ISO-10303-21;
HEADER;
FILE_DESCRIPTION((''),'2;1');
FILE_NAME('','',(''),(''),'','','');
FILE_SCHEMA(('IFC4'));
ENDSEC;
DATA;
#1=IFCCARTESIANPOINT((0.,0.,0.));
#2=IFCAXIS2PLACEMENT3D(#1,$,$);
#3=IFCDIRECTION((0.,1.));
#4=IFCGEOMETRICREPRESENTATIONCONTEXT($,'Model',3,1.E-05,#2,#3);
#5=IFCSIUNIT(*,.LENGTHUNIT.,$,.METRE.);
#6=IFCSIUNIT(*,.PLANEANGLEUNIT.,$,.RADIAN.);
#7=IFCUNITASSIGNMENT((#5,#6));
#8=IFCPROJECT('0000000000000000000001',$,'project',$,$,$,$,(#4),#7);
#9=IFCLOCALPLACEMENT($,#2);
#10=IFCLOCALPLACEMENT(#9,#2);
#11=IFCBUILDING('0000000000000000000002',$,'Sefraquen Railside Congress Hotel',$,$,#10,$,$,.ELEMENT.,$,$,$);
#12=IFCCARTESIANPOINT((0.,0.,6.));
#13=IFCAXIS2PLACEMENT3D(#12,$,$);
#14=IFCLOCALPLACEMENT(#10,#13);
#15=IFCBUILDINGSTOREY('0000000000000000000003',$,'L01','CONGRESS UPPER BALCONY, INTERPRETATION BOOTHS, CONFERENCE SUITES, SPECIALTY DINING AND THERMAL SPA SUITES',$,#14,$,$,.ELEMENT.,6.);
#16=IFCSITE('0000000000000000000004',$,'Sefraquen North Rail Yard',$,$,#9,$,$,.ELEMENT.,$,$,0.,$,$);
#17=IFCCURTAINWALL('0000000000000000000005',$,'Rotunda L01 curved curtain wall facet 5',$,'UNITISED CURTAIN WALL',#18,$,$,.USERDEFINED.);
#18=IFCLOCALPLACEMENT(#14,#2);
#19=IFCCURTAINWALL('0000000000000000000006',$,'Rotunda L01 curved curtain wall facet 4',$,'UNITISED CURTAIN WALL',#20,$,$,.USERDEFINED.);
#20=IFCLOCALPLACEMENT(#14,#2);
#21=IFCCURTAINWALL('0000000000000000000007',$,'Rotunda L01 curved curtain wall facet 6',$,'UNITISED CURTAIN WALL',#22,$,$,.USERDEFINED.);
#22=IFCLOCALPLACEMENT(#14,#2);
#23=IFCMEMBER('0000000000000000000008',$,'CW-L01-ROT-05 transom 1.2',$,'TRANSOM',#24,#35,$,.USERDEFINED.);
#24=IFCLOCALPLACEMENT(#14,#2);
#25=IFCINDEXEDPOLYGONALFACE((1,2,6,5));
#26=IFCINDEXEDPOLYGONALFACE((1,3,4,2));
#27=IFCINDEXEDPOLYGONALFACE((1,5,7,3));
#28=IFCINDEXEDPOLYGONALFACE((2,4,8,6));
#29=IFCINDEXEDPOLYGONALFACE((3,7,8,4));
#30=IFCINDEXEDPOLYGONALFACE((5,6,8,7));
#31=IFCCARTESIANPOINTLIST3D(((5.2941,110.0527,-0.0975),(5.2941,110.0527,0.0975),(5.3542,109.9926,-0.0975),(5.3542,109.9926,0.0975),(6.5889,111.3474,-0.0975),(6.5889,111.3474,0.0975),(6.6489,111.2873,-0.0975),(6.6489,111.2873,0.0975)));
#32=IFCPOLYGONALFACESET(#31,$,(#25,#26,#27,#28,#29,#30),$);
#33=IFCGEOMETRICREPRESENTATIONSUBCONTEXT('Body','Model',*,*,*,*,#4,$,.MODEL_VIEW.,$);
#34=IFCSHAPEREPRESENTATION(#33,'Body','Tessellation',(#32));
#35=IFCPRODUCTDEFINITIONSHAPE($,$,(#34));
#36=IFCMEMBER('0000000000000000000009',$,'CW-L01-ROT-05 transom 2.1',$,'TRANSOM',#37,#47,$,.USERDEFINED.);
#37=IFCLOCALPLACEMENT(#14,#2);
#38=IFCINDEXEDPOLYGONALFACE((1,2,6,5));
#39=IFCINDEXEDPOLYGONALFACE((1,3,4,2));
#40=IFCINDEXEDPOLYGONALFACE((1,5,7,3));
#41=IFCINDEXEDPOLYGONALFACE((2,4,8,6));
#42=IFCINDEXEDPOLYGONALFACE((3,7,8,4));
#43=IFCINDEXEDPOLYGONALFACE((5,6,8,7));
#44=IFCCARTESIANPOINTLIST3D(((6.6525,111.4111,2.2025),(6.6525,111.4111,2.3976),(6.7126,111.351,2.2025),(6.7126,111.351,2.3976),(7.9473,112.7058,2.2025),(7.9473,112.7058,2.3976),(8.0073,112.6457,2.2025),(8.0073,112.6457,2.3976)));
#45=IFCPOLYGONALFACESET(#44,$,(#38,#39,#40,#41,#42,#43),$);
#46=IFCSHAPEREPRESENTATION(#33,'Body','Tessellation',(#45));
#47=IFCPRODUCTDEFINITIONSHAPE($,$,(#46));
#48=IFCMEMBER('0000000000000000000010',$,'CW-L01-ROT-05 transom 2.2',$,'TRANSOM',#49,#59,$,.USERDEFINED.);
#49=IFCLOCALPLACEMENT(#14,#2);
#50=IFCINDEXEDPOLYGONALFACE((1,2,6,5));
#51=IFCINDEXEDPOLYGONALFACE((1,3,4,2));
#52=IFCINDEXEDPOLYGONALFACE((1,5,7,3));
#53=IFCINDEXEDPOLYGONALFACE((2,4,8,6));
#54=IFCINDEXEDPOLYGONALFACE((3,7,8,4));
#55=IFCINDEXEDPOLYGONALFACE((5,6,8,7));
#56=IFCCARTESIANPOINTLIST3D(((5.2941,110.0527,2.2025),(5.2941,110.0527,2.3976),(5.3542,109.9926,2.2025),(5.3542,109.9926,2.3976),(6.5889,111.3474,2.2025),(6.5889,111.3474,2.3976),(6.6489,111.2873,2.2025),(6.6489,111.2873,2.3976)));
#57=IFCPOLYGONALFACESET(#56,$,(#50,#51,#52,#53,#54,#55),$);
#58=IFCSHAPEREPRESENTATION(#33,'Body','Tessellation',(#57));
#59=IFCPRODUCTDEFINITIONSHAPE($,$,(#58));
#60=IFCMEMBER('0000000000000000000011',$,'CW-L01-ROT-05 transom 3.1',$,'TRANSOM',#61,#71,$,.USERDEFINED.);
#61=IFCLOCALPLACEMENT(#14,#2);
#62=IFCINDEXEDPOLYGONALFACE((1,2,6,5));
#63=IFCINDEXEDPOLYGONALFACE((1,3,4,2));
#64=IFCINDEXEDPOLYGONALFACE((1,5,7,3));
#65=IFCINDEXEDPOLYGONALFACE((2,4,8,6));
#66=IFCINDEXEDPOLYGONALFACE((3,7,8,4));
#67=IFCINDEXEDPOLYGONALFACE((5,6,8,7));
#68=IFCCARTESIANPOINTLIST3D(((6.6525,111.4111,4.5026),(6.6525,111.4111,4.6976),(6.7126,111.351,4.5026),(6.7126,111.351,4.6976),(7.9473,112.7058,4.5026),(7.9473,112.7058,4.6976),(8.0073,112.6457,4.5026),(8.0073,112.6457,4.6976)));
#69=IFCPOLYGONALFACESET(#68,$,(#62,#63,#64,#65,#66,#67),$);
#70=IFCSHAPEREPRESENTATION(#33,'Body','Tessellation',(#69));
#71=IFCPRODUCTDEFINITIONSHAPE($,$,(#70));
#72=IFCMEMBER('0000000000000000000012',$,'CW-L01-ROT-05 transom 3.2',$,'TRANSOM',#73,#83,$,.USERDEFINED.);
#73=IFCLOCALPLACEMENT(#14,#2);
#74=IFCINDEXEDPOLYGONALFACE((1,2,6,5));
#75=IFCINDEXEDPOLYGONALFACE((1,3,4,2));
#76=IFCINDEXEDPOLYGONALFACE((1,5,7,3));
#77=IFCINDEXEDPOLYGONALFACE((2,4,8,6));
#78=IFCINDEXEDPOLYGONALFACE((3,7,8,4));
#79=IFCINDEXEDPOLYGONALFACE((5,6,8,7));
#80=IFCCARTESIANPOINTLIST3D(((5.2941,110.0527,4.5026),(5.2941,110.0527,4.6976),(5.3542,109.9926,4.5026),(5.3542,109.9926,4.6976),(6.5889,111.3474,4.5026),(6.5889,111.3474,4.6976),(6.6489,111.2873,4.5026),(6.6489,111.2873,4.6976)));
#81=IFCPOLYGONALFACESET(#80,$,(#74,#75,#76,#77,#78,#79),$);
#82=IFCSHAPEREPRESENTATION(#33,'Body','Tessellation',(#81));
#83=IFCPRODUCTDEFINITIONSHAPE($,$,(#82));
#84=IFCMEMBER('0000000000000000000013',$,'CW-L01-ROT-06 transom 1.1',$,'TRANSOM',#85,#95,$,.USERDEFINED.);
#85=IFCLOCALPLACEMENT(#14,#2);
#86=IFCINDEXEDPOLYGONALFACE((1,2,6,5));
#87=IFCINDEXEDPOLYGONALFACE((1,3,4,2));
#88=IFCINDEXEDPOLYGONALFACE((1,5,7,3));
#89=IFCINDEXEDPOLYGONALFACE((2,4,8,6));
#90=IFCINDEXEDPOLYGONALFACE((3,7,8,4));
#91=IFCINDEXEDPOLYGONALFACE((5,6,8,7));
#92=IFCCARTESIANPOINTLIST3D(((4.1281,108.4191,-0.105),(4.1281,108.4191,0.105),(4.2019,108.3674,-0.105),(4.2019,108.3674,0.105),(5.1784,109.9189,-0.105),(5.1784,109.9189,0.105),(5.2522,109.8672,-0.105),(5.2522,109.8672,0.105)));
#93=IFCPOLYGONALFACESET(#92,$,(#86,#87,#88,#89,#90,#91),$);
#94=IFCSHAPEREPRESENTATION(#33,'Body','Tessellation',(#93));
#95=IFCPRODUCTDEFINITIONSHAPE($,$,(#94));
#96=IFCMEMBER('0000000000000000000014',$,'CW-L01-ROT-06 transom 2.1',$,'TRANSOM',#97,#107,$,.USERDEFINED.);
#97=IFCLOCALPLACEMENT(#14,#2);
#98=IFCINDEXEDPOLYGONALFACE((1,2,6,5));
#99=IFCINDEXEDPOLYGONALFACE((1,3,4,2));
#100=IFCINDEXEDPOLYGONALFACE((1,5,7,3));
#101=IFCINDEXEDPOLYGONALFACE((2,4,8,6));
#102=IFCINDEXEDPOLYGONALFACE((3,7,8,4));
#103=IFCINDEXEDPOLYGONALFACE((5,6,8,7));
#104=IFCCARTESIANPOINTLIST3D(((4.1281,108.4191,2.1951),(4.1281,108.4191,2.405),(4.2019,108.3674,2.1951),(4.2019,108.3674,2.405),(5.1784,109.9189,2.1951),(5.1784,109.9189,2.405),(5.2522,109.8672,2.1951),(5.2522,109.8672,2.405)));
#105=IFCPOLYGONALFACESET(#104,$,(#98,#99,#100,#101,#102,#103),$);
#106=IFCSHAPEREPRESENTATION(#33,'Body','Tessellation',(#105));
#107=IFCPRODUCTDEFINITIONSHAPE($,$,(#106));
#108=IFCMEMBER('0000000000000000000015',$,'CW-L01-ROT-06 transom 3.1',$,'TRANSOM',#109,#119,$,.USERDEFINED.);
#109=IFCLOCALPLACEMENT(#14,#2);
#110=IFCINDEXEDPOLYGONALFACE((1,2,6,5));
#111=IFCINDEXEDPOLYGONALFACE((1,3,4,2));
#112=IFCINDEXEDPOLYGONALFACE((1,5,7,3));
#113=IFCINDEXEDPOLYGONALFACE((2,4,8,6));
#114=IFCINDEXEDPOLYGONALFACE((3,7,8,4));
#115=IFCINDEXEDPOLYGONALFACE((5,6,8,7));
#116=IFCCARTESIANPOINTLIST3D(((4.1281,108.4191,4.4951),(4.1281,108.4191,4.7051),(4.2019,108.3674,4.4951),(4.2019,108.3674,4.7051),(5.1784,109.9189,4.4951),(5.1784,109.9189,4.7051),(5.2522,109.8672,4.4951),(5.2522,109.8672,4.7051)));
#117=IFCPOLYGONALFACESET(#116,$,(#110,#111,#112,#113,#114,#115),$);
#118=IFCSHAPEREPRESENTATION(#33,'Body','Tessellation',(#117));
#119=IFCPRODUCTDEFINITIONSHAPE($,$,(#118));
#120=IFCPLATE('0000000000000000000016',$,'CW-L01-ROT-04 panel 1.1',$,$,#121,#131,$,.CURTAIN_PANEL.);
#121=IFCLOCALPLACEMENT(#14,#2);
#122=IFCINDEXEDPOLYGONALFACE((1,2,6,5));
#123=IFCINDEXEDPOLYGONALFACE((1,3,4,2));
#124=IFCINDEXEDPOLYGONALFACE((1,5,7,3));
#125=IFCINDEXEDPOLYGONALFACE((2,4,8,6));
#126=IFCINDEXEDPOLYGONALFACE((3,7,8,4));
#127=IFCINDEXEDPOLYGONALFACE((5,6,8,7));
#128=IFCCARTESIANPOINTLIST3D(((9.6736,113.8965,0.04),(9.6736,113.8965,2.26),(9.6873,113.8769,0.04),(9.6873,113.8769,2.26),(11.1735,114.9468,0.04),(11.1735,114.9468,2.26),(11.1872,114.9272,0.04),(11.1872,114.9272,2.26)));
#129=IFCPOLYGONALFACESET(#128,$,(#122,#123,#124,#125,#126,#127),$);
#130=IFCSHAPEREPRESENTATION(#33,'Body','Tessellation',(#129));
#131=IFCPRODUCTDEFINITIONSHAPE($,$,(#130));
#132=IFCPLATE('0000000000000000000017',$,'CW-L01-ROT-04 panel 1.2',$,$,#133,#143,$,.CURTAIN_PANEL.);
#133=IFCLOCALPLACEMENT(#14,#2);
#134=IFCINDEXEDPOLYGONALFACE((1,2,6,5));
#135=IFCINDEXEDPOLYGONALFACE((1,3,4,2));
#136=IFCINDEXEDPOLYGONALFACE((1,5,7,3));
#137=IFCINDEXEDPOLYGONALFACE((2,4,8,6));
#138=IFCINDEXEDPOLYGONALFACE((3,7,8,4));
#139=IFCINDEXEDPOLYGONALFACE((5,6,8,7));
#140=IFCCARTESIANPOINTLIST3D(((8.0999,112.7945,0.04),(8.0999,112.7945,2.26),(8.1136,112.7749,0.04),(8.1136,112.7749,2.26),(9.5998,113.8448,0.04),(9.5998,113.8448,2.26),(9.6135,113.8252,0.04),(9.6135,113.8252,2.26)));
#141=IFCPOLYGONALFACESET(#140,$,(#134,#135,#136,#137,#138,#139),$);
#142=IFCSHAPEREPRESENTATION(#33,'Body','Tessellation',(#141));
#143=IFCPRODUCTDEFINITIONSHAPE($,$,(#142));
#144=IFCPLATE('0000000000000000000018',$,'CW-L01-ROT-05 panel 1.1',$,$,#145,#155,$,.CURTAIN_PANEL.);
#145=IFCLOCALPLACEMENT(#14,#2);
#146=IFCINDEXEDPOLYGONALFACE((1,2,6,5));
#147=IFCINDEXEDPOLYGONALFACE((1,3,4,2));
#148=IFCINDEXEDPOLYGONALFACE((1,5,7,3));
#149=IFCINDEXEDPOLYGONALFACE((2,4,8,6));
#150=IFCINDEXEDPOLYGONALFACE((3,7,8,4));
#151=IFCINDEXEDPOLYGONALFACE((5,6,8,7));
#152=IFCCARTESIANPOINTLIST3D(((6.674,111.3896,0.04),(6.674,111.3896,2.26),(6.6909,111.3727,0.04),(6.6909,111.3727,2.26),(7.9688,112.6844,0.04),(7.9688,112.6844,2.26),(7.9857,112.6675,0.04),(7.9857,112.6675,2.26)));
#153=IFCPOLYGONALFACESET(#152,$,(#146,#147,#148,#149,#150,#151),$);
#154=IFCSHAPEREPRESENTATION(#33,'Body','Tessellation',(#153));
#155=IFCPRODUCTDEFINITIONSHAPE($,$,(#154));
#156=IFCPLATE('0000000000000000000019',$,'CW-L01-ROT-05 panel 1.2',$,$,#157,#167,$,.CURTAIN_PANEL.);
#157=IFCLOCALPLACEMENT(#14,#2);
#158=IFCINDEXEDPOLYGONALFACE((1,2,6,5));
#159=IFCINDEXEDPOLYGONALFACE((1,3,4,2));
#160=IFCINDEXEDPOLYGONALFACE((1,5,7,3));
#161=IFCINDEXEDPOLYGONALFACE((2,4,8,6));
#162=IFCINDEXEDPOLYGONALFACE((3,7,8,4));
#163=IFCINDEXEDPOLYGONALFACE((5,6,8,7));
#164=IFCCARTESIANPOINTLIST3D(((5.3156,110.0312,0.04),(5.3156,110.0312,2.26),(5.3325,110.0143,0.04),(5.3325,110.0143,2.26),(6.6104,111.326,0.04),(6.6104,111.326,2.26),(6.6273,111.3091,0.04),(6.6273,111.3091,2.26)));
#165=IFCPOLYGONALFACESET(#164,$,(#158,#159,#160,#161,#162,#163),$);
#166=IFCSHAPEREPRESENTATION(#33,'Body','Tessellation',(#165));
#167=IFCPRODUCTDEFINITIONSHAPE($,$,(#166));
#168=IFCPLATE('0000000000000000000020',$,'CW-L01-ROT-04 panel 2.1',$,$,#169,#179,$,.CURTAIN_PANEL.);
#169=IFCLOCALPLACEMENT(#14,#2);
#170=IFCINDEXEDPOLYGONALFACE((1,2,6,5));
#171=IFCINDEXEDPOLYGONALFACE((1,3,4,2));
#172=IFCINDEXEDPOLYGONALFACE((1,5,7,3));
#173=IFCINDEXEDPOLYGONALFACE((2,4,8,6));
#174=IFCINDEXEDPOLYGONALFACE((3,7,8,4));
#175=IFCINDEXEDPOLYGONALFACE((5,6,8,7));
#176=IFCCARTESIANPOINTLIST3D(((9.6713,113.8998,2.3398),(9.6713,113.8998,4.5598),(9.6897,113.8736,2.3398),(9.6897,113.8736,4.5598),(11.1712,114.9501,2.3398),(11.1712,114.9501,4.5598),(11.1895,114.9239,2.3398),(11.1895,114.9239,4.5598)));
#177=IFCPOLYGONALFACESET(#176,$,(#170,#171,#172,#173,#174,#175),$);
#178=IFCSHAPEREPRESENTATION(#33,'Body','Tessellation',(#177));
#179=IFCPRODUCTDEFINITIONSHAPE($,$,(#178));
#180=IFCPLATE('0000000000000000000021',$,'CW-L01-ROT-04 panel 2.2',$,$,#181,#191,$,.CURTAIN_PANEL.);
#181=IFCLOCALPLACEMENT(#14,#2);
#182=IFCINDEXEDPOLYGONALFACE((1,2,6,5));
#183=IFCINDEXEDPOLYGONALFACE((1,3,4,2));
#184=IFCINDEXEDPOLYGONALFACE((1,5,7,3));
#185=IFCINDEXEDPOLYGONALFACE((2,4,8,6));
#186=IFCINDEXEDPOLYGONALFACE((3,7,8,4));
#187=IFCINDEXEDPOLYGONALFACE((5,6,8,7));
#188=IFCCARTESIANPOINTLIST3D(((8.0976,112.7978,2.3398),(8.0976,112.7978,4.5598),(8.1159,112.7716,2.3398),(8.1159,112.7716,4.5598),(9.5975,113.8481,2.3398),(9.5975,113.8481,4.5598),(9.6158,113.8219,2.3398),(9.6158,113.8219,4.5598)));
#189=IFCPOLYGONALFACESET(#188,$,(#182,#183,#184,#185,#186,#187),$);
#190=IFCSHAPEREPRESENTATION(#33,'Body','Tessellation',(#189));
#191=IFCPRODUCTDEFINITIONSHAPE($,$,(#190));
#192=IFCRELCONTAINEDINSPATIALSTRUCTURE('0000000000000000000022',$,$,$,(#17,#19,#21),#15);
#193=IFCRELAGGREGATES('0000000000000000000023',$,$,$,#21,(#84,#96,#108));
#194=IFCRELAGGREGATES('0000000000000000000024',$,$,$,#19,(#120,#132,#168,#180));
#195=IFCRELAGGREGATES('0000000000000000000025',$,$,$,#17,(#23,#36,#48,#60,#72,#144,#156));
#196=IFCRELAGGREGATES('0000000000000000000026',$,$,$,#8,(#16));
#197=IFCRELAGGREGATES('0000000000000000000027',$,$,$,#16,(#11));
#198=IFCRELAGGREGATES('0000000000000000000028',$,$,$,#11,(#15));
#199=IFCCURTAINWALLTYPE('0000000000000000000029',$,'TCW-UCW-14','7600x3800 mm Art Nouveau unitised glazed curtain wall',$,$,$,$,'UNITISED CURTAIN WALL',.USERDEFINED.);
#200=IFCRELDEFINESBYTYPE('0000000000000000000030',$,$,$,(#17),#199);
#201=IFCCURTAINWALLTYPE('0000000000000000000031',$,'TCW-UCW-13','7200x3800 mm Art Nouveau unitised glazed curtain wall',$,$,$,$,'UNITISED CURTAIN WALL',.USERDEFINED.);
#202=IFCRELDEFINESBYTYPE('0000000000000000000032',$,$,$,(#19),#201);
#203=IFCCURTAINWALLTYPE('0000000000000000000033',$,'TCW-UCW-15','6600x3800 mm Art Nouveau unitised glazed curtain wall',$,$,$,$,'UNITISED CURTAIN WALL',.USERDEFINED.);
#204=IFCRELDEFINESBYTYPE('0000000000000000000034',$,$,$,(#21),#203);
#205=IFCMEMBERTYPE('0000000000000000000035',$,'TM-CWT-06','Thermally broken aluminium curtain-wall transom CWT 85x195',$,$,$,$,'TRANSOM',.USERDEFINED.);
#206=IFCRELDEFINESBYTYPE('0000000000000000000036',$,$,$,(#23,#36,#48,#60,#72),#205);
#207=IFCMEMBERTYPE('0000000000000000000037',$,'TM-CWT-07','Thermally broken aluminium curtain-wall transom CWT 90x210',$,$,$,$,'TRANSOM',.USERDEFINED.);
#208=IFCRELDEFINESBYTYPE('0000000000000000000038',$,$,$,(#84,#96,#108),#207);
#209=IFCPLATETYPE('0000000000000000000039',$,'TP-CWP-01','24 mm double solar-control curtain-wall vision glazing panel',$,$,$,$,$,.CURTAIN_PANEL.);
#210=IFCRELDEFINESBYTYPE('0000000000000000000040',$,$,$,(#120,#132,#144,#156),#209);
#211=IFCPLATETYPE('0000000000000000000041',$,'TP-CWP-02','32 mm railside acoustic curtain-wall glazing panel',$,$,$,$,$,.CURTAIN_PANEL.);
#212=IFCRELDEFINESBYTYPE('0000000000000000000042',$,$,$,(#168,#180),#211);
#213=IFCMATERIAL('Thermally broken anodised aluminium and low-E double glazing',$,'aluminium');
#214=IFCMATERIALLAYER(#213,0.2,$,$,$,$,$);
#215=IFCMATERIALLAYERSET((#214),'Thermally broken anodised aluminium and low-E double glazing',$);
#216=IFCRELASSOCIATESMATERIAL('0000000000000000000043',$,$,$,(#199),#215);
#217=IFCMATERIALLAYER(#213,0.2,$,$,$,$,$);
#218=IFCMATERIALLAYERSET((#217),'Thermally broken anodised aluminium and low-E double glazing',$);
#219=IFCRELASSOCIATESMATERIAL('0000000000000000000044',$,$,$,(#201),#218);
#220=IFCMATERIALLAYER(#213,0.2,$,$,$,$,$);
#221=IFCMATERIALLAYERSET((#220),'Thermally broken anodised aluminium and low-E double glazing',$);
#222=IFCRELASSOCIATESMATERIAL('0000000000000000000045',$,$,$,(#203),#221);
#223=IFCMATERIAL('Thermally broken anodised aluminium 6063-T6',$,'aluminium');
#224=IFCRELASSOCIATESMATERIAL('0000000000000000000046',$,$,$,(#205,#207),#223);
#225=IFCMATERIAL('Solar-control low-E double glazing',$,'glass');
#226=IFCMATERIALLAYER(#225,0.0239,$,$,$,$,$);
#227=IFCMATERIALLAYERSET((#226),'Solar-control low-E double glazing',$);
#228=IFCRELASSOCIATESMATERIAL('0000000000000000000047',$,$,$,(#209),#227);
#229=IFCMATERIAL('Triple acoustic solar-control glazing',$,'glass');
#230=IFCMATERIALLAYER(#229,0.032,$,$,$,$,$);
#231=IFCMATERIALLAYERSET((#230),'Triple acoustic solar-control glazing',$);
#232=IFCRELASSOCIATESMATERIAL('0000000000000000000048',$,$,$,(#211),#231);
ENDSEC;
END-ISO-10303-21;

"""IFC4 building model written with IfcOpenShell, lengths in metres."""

from ifc_helpers import new_model, si_unit, direction, frame, origin, origin_2d, place, context, subcontext, project, spatial, rectangle, extrude, material, layer, layer_set, material_profile, profile_set, type_object, element, aggregate, save


model = new_model("IFC4")

# Units and contexts
model_context = context("Model", 3, precision=1e-05, world=origin(), true_north=direction((0.0, 1.0)))
body_context = subcontext(model_context, "Body", "Model", "MODEL_VIEW")
ifc_project = project(units=[si_unit("LENGTHUNIT", "METRE"), si_unit("PLANEANGLEUNIT", "RADIAN")], contexts=[model_context])

# Site, building, storey
site_placement = place(None, origin())
site = spatial("IfcSite", under=ifc_project, at=site_placement, Name="Sefraquen North Rail Yard", CompositionType="ELEMENT", RefElevation=0.0)
building_placement = place(site_placement, origin())
building = spatial("IfcBuilding", under=site, at=building_placement, Name="Sefraquen Railside Congress Hotel", CompositionType="ELEMENT")
storey_placement = place(building_placement, frame((0.0, 0.0, 6.0)))
storey = spatial("IfcBuildingStorey", under=building, at=storey_placement, Name="L01", Description="CONGRESS UPPER BALCONY, INTERPRETATION BOOTHS, CONFERENCE SUITES, SPECIALTY DINING AND THERMAL SPA SUITES", CompositionType="ELEMENT", Elevation=6.0)

# Curtain wall
ifc_material_1 = material(Name="Thermally broken anodised aluminium and low-E double glazing", Category="aluminium")
ifc_layer_1 = layer(ifc_material_1, 0.2)
ifc_layer_set_1 = layer_set([ifc_layer_1], Name="Thermally broken anodised aluminium and low-E double glazing")
curtain_wall_type_1 = type_object("IfcCurtainWallType", Name="TCW-UCW-14", Description="7600x3800 mm Art Nouveau unitised glazed curtain wall", ElementType="UNITISED CURTAIN WALL", PredefinedType="USERDEFINED", material=ifc_layer_set_1)
curtain_wall_1_placement = place(storey_placement, origin())
curtain_wall_1 = element("IfcCurtainWall", 1, at=curtain_wall_1_placement, inside=storey, type_object=curtain_wall_type_1, Name="Rotunda L01 curved curtain wall facet 5", ObjectType="UNITISED CURTAIN WALL", PredefinedType="USERDEFINED")
ifc_material_2 = material(Name="Thermally broken anodised aluminium 6063-T6", Category="aluminium")

# Curtain wall
ifc_layer_2 = layer(ifc_material_1, 0.2)
ifc_layer_set_2 = layer_set([ifc_layer_2], Name="Thermally broken anodised aluminium and low-E double glazing")
curtain_wall_type_2 = type_object("IfcCurtainWallType", Name="TCW-UCW-13", Description="7200x3800 mm Art Nouveau unitised glazed curtain wall", ElementType="UNITISED CURTAIN WALL", PredefinedType="USERDEFINED", material=ifc_layer_set_2)
curtain_wall_2_placement = place(storey_placement, origin())
curtain_wall_2 = element("IfcCurtainWall", 2, at=curtain_wall_2_placement, inside=storey, type_object=curtain_wall_type_2, Name="Rotunda L01 curved curtain wall facet 4", ObjectType="UNITISED CURTAIN WALL", PredefinedType="USERDEFINED")

# Curtain wall
ifc_layer_3 = layer(ifc_material_1, 0.2)
ifc_layer_set_3 = layer_set([ifc_layer_3], Name="Thermally broken anodised aluminium and low-E double glazing")
curtain_wall_type_3 = type_object("IfcCurtainWallType", Name="TCW-UCW-15", Description="6600x3800 mm Art Nouveau unitised glazed curtain wall", ElementType="UNITISED CURTAIN WALL", PredefinedType="USERDEFINED", material=ifc_layer_set_3)
curtain_wall_3_placement = place(storey_placement, origin())
curtain_wall_3 = element("IfcCurtainWall", 3, at=curtain_wall_3_placement, inside=storey, type_object=curtain_wall_type_3, Name="Rotunda L01 curved curtain wall facet 6", ObjectType="UNITISED CURTAIN WALL", PredefinedType="USERDEFINED")

# Members
ifc_material_profile_1 = material_profile(ifc_material_2, rectangle(XDim=0.085, YDim=0.1951, at=origin_2d()), Name="CWT 85x195")
ifc_profile_set_1 = profile_set([ifc_material_profile_1], Name="Thermally broken anodised aluminium 6063-T6")
member_type_1 = type_object("IfcMemberType", Name="TM-CWT-06", Description="Thermally broken aluminium curtain-wall transom CWT 85x195", ElementType="TRANSOM", PredefinedType="USERDEFINED", material=ifc_profile_set_1)
member_1_placement = place(storey_placement, frame((6.6189, 111.3174, 0.0), z_axis=(-0.707107, -0.707107, 0.0), x_axis=(0.707107, -0.707107, 0.0)))
member_1 = element("IfcMember", 4, at=member_1_placement, type_object=member_type_1, Name="CW-L01-ROT-05 transom 1.2", ObjectType="TRANSOM", PredefinedType="USERDEFINED", context=body_context, shape_type="SweptSolid", body=[
    extrude(rectangle(XDim=0.085, YDim=0.1951, at=origin_2d()), origin(), (0.0, 0.0, 1.0), 1.8311),
])
member_2_placement = place(storey_placement, frame((7.9773, 112.6758, 2.3), z_axis=(-0.707107, -0.707107, 0.0), x_axis=(0.707107, -0.707107, 0.0)))
member_2 = element("IfcMember", 5, at=member_2_placement, type_object=member_type_1, Name="CW-L01-ROT-05 transom 2.1", ObjectType="TRANSOM", PredefinedType="USERDEFINED", context=body_context, shape_type="SweptSolid", body=[
    extrude(rectangle(XDim=0.085, YDim=0.1951, at=origin_2d()), origin(), (0.0, 0.0, 1.0), 1.8311),
])
member_3_placement = place(storey_placement, frame((6.6189, 111.3174, 2.3), z_axis=(-0.707107, -0.707107, 0.0), x_axis=(0.707107, -0.707107, 0.0)))
member_3 = element("IfcMember", 6, at=member_3_placement, type_object=member_type_1, Name="CW-L01-ROT-05 transom 2.2", ObjectType="TRANSOM", PredefinedType="USERDEFINED", context=body_context, shape_type="SweptSolid", body=[
    extrude(rectangle(XDim=0.085, YDim=0.1951, at=origin_2d()), origin(), (0.0, 0.0, 1.0), 1.8311),
])
member_4_placement = place(storey_placement, frame((7.9773, 112.6758, 4.6001), z_axis=(-0.707107, -0.707107, 0.0), x_axis=(0.707107, -0.707107, 0.0)))
member_4 = element("IfcMember", 7, at=member_4_placement, type_object=member_type_1, Name="CW-L01-ROT-05 transom 3.1", ObjectType="TRANSOM", PredefinedType="USERDEFINED", context=body_context, shape_type="SweptSolid", body=[
    extrude(rectangle(XDim=0.085, YDim=0.1951, at=origin_2d()), origin(), (0.0, 0.0, 1.0), 1.8311),
])
member_5_placement = place(storey_placement, frame((6.6189, 111.3174, 4.6001), z_axis=(-0.707107, -0.707107, 0.0), x_axis=(0.707107, -0.707107, 0.0)))
member_5 = element("IfcMember", 8, at=member_5_placement, type_object=member_type_1, Name="CW-L01-ROT-05 transom 3.2", ObjectType="TRANSOM", PredefinedType="USERDEFINED", context=body_context, shape_type="SweptSolid", body=[
    extrude(rectangle(XDim=0.085, YDim=0.1951, at=origin_2d()), origin(), (0.0, 0.0, 1.0), 1.8311),
])
ifc_material_profile_2 = material_profile(ifc_material_2, rectangle(XDim=0.0901, YDim=0.21, at=origin_2d()), Name="CWT 90x210")
ifc_profile_set_2 = profile_set([ifc_material_profile_2], Name="Thermally broken anodised aluminium 6063-T6")
member_type_2 = type_object("IfcMemberType", Name="TM-CWT-07", Description="Thermally broken aluminium curtain-wall transom CWT 90x210", ElementType="TRANSOM", PredefinedType="USERDEFINED", material=ifc_profile_set_2)
member_6_placement = place(storey_placement, frame((5.2153, 109.8931, 0.0), z_axis=(-0.573632, -0.819113, 0.0), x_axis=(0.819113, -0.573632, 0.0)))
member_6 = element("IfcMember", 9, at=member_6_placement, type_object=member_type_2, Name="CW-L01-ROT-06 transom 1.1", ObjectType="TRANSOM", PredefinedType="USERDEFINED", context=body_context, shape_type="SweptSolid", body=[
    extrude(rectangle(XDim=0.0901, YDim=0.21, at=origin_2d()), origin(), (0.0, 0.0, 1.0), 1.8311),
])
member_7_placement = place(storey_placement, frame((5.2153, 109.8931, 2.3), z_axis=(-0.573632, -0.819113, 0.0), x_axis=(0.819113, -0.573632, 0.0)))
member_7 = element("IfcMember", 10, at=member_7_placement, type_object=member_type_2, Name="CW-L01-ROT-06 transom 2.1", ObjectType="TRANSOM", PredefinedType="USERDEFINED", context=body_context, shape_type="SweptSolid", body=[
    extrude(rectangle(XDim=0.0901, YDim=0.21, at=origin_2d()), origin(), (0.0, 0.0, 1.0), 1.8311),
])
member_8_placement = place(storey_placement, frame((5.2153, 109.8931, 4.6001), z_axis=(-0.573632, -0.819113, 0.0), x_axis=(0.819113, -0.573632, 0.0)))
member_8 = element("IfcMember", 11, at=member_8_placement, type_object=member_type_2, Name="CW-L01-ROT-06 transom 3.1", ObjectType="TRANSOM", PredefinedType="USERDEFINED", context=body_context, shape_type="SweptSolid", body=[
    extrude(rectangle(XDim=0.0901, YDim=0.21, at=origin_2d()), origin(), (0.0, 0.0, 1.0), 1.8311),
])
aggregate(curtain_wall_3, [member_6, member_7, member_8])

# Plates
ifc_material_3 = material(Name="Solar-control low-E double glazing", Category="glass")
ifc_layer_4 = layer(ifc_material_3, 0.0239)
ifc_layer_set_4 = layer_set([ifc_layer_4], Name="Solar-control low-E double glazing")
plate_type_1 = type_object("IfcPlateType", Name="TP-CWP-01", Description="24 mm double solar-control curtain-wall vision glazing panel", PredefinedType="CURTAIN_PANEL", material=ifc_layer_set_4)
plate_1_placement = place(storey_placement, frame((10.4304, 114.4119, 0.04), z_axis=(0.0, 0.0, 1.0), x_axis=(-0.819132, -0.573605, 0.0)))
plate_1 = element("IfcPlate", 12, at=plate_1_placement, type_object=plate_type_1, Name="CW-L01-ROT-04 panel 1.1", PredefinedType="CURTAIN_PANEL", context=body_context, shape_type="SweptSolid", body=[
    extrude(rectangle(XDim=1.8311, YDim=0.0239, at=origin_2d()), origin(), (0.0, 0.0, 1.0), 2.22),
])
plate_2_placement = place(storey_placement, frame((8.8567, 113.3098, 0.04), z_axis=(0.0, 0.0, 1.0), x_axis=(-0.819132, -0.573605, 0.0)))
plate_2 = element("IfcPlate", 13, at=plate_2_placement, type_object=plate_type_1, Name="CW-L01-ROT-04 panel 1.2", PredefinedType="CURTAIN_PANEL", context=body_context, shape_type="SweptSolid", body=[
    extrude(rectangle(XDim=1.8311, YDim=0.0239, at=origin_2d()), origin(), (0.0, 0.0, 1.0), 2.22),
])
plate_3_placement = place(storey_placement, frame((7.3298, 112.0286, 0.04), z_axis=(0.0, 0.0, 1.0), x_axis=(-0.707107, -0.707107, 0.0)))
plate_3 = element("IfcPlate", 14, at=plate_3_placement, type_object=plate_type_1, Name="CW-L01-ROT-05 panel 1.1", PredefinedType="CURTAIN_PANEL", context=body_context, shape_type="SweptSolid", body=[
    extrude(rectangle(XDim=1.8311, YDim=0.0239, at=origin_2d()), origin(), (0.0, 0.0, 1.0), 2.22),
])
plate_4_placement = place(storey_placement, frame((5.9714, 110.6702, 0.04), z_axis=(0.0, 0.0, 1.0), x_axis=(-0.707107, -0.707107, 0.0)))
plate_4 = element("IfcPlate", 15, at=plate_4_placement, type_object=plate_type_1, Name="CW-L01-ROT-05 panel 1.2", PredefinedType="CURTAIN_PANEL", context=body_context, shape_type="SweptSolid", body=[
    extrude(rectangle(XDim=1.8311, YDim=0.0239, at=origin_2d()), origin(), (0.0, 0.0, 1.0), 2.22),
])
ifc_material_4 = material(Name="Triple acoustic solar-control glazing", Category="glass")
ifc_layer_5 = layer(ifc_material_4, 0.032)
ifc_layer_set_5 = layer_set([ifc_layer_5], Name="Triple acoustic solar-control glazing")
plate_type_2 = type_object("IfcPlateType", Name="TP-CWP-02", Description="32 mm railside acoustic curtain-wall glazing panel", PredefinedType="CURTAIN_PANEL", material=ifc_layer_set_5)
plate_5_placement = place(storey_placement, frame((10.4304, 114.4119, 2.3398), z_axis=(0.0, 0.0, 1.0), x_axis=(-0.819132, -0.573605, 0.0)))
plate_5 = element("IfcPlate", 16, at=plate_5_placement, type_object=plate_type_2, Name="CW-L01-ROT-04 panel 2.1", PredefinedType="CURTAIN_PANEL", context=body_context, shape_type="SweptSolid", body=[
    extrude(rectangle(XDim=1.8311, YDim=0.032, at=origin_2d()), origin(), (0.0, 0.0, 1.0), 2.22),
])
plate_6_placement = place(storey_placement, frame((8.8567, 113.3098, 2.3398), z_axis=(0.0, 0.0, 1.0), x_axis=(-0.819132, -0.573605, 0.0)))
plate_6 = element("IfcPlate", 17, at=plate_6_placement, type_object=plate_type_2, Name="CW-L01-ROT-04 panel 2.2", PredefinedType="CURTAIN_PANEL", context=body_context, shape_type="SweptSolid", body=[
    extrude(rectangle(XDim=1.8311, YDim=0.032, at=origin_2d()), origin(), (0.0, 0.0, 1.0), 2.22),
])
aggregate(curtain_wall_2, [plate_1, plate_2, plate_5, plate_6])
aggregate(curtain_wall_1, [member_1, member_2, member_3, member_4, member_5, plate_3, plate_4])

save(model, "model.ifc")
